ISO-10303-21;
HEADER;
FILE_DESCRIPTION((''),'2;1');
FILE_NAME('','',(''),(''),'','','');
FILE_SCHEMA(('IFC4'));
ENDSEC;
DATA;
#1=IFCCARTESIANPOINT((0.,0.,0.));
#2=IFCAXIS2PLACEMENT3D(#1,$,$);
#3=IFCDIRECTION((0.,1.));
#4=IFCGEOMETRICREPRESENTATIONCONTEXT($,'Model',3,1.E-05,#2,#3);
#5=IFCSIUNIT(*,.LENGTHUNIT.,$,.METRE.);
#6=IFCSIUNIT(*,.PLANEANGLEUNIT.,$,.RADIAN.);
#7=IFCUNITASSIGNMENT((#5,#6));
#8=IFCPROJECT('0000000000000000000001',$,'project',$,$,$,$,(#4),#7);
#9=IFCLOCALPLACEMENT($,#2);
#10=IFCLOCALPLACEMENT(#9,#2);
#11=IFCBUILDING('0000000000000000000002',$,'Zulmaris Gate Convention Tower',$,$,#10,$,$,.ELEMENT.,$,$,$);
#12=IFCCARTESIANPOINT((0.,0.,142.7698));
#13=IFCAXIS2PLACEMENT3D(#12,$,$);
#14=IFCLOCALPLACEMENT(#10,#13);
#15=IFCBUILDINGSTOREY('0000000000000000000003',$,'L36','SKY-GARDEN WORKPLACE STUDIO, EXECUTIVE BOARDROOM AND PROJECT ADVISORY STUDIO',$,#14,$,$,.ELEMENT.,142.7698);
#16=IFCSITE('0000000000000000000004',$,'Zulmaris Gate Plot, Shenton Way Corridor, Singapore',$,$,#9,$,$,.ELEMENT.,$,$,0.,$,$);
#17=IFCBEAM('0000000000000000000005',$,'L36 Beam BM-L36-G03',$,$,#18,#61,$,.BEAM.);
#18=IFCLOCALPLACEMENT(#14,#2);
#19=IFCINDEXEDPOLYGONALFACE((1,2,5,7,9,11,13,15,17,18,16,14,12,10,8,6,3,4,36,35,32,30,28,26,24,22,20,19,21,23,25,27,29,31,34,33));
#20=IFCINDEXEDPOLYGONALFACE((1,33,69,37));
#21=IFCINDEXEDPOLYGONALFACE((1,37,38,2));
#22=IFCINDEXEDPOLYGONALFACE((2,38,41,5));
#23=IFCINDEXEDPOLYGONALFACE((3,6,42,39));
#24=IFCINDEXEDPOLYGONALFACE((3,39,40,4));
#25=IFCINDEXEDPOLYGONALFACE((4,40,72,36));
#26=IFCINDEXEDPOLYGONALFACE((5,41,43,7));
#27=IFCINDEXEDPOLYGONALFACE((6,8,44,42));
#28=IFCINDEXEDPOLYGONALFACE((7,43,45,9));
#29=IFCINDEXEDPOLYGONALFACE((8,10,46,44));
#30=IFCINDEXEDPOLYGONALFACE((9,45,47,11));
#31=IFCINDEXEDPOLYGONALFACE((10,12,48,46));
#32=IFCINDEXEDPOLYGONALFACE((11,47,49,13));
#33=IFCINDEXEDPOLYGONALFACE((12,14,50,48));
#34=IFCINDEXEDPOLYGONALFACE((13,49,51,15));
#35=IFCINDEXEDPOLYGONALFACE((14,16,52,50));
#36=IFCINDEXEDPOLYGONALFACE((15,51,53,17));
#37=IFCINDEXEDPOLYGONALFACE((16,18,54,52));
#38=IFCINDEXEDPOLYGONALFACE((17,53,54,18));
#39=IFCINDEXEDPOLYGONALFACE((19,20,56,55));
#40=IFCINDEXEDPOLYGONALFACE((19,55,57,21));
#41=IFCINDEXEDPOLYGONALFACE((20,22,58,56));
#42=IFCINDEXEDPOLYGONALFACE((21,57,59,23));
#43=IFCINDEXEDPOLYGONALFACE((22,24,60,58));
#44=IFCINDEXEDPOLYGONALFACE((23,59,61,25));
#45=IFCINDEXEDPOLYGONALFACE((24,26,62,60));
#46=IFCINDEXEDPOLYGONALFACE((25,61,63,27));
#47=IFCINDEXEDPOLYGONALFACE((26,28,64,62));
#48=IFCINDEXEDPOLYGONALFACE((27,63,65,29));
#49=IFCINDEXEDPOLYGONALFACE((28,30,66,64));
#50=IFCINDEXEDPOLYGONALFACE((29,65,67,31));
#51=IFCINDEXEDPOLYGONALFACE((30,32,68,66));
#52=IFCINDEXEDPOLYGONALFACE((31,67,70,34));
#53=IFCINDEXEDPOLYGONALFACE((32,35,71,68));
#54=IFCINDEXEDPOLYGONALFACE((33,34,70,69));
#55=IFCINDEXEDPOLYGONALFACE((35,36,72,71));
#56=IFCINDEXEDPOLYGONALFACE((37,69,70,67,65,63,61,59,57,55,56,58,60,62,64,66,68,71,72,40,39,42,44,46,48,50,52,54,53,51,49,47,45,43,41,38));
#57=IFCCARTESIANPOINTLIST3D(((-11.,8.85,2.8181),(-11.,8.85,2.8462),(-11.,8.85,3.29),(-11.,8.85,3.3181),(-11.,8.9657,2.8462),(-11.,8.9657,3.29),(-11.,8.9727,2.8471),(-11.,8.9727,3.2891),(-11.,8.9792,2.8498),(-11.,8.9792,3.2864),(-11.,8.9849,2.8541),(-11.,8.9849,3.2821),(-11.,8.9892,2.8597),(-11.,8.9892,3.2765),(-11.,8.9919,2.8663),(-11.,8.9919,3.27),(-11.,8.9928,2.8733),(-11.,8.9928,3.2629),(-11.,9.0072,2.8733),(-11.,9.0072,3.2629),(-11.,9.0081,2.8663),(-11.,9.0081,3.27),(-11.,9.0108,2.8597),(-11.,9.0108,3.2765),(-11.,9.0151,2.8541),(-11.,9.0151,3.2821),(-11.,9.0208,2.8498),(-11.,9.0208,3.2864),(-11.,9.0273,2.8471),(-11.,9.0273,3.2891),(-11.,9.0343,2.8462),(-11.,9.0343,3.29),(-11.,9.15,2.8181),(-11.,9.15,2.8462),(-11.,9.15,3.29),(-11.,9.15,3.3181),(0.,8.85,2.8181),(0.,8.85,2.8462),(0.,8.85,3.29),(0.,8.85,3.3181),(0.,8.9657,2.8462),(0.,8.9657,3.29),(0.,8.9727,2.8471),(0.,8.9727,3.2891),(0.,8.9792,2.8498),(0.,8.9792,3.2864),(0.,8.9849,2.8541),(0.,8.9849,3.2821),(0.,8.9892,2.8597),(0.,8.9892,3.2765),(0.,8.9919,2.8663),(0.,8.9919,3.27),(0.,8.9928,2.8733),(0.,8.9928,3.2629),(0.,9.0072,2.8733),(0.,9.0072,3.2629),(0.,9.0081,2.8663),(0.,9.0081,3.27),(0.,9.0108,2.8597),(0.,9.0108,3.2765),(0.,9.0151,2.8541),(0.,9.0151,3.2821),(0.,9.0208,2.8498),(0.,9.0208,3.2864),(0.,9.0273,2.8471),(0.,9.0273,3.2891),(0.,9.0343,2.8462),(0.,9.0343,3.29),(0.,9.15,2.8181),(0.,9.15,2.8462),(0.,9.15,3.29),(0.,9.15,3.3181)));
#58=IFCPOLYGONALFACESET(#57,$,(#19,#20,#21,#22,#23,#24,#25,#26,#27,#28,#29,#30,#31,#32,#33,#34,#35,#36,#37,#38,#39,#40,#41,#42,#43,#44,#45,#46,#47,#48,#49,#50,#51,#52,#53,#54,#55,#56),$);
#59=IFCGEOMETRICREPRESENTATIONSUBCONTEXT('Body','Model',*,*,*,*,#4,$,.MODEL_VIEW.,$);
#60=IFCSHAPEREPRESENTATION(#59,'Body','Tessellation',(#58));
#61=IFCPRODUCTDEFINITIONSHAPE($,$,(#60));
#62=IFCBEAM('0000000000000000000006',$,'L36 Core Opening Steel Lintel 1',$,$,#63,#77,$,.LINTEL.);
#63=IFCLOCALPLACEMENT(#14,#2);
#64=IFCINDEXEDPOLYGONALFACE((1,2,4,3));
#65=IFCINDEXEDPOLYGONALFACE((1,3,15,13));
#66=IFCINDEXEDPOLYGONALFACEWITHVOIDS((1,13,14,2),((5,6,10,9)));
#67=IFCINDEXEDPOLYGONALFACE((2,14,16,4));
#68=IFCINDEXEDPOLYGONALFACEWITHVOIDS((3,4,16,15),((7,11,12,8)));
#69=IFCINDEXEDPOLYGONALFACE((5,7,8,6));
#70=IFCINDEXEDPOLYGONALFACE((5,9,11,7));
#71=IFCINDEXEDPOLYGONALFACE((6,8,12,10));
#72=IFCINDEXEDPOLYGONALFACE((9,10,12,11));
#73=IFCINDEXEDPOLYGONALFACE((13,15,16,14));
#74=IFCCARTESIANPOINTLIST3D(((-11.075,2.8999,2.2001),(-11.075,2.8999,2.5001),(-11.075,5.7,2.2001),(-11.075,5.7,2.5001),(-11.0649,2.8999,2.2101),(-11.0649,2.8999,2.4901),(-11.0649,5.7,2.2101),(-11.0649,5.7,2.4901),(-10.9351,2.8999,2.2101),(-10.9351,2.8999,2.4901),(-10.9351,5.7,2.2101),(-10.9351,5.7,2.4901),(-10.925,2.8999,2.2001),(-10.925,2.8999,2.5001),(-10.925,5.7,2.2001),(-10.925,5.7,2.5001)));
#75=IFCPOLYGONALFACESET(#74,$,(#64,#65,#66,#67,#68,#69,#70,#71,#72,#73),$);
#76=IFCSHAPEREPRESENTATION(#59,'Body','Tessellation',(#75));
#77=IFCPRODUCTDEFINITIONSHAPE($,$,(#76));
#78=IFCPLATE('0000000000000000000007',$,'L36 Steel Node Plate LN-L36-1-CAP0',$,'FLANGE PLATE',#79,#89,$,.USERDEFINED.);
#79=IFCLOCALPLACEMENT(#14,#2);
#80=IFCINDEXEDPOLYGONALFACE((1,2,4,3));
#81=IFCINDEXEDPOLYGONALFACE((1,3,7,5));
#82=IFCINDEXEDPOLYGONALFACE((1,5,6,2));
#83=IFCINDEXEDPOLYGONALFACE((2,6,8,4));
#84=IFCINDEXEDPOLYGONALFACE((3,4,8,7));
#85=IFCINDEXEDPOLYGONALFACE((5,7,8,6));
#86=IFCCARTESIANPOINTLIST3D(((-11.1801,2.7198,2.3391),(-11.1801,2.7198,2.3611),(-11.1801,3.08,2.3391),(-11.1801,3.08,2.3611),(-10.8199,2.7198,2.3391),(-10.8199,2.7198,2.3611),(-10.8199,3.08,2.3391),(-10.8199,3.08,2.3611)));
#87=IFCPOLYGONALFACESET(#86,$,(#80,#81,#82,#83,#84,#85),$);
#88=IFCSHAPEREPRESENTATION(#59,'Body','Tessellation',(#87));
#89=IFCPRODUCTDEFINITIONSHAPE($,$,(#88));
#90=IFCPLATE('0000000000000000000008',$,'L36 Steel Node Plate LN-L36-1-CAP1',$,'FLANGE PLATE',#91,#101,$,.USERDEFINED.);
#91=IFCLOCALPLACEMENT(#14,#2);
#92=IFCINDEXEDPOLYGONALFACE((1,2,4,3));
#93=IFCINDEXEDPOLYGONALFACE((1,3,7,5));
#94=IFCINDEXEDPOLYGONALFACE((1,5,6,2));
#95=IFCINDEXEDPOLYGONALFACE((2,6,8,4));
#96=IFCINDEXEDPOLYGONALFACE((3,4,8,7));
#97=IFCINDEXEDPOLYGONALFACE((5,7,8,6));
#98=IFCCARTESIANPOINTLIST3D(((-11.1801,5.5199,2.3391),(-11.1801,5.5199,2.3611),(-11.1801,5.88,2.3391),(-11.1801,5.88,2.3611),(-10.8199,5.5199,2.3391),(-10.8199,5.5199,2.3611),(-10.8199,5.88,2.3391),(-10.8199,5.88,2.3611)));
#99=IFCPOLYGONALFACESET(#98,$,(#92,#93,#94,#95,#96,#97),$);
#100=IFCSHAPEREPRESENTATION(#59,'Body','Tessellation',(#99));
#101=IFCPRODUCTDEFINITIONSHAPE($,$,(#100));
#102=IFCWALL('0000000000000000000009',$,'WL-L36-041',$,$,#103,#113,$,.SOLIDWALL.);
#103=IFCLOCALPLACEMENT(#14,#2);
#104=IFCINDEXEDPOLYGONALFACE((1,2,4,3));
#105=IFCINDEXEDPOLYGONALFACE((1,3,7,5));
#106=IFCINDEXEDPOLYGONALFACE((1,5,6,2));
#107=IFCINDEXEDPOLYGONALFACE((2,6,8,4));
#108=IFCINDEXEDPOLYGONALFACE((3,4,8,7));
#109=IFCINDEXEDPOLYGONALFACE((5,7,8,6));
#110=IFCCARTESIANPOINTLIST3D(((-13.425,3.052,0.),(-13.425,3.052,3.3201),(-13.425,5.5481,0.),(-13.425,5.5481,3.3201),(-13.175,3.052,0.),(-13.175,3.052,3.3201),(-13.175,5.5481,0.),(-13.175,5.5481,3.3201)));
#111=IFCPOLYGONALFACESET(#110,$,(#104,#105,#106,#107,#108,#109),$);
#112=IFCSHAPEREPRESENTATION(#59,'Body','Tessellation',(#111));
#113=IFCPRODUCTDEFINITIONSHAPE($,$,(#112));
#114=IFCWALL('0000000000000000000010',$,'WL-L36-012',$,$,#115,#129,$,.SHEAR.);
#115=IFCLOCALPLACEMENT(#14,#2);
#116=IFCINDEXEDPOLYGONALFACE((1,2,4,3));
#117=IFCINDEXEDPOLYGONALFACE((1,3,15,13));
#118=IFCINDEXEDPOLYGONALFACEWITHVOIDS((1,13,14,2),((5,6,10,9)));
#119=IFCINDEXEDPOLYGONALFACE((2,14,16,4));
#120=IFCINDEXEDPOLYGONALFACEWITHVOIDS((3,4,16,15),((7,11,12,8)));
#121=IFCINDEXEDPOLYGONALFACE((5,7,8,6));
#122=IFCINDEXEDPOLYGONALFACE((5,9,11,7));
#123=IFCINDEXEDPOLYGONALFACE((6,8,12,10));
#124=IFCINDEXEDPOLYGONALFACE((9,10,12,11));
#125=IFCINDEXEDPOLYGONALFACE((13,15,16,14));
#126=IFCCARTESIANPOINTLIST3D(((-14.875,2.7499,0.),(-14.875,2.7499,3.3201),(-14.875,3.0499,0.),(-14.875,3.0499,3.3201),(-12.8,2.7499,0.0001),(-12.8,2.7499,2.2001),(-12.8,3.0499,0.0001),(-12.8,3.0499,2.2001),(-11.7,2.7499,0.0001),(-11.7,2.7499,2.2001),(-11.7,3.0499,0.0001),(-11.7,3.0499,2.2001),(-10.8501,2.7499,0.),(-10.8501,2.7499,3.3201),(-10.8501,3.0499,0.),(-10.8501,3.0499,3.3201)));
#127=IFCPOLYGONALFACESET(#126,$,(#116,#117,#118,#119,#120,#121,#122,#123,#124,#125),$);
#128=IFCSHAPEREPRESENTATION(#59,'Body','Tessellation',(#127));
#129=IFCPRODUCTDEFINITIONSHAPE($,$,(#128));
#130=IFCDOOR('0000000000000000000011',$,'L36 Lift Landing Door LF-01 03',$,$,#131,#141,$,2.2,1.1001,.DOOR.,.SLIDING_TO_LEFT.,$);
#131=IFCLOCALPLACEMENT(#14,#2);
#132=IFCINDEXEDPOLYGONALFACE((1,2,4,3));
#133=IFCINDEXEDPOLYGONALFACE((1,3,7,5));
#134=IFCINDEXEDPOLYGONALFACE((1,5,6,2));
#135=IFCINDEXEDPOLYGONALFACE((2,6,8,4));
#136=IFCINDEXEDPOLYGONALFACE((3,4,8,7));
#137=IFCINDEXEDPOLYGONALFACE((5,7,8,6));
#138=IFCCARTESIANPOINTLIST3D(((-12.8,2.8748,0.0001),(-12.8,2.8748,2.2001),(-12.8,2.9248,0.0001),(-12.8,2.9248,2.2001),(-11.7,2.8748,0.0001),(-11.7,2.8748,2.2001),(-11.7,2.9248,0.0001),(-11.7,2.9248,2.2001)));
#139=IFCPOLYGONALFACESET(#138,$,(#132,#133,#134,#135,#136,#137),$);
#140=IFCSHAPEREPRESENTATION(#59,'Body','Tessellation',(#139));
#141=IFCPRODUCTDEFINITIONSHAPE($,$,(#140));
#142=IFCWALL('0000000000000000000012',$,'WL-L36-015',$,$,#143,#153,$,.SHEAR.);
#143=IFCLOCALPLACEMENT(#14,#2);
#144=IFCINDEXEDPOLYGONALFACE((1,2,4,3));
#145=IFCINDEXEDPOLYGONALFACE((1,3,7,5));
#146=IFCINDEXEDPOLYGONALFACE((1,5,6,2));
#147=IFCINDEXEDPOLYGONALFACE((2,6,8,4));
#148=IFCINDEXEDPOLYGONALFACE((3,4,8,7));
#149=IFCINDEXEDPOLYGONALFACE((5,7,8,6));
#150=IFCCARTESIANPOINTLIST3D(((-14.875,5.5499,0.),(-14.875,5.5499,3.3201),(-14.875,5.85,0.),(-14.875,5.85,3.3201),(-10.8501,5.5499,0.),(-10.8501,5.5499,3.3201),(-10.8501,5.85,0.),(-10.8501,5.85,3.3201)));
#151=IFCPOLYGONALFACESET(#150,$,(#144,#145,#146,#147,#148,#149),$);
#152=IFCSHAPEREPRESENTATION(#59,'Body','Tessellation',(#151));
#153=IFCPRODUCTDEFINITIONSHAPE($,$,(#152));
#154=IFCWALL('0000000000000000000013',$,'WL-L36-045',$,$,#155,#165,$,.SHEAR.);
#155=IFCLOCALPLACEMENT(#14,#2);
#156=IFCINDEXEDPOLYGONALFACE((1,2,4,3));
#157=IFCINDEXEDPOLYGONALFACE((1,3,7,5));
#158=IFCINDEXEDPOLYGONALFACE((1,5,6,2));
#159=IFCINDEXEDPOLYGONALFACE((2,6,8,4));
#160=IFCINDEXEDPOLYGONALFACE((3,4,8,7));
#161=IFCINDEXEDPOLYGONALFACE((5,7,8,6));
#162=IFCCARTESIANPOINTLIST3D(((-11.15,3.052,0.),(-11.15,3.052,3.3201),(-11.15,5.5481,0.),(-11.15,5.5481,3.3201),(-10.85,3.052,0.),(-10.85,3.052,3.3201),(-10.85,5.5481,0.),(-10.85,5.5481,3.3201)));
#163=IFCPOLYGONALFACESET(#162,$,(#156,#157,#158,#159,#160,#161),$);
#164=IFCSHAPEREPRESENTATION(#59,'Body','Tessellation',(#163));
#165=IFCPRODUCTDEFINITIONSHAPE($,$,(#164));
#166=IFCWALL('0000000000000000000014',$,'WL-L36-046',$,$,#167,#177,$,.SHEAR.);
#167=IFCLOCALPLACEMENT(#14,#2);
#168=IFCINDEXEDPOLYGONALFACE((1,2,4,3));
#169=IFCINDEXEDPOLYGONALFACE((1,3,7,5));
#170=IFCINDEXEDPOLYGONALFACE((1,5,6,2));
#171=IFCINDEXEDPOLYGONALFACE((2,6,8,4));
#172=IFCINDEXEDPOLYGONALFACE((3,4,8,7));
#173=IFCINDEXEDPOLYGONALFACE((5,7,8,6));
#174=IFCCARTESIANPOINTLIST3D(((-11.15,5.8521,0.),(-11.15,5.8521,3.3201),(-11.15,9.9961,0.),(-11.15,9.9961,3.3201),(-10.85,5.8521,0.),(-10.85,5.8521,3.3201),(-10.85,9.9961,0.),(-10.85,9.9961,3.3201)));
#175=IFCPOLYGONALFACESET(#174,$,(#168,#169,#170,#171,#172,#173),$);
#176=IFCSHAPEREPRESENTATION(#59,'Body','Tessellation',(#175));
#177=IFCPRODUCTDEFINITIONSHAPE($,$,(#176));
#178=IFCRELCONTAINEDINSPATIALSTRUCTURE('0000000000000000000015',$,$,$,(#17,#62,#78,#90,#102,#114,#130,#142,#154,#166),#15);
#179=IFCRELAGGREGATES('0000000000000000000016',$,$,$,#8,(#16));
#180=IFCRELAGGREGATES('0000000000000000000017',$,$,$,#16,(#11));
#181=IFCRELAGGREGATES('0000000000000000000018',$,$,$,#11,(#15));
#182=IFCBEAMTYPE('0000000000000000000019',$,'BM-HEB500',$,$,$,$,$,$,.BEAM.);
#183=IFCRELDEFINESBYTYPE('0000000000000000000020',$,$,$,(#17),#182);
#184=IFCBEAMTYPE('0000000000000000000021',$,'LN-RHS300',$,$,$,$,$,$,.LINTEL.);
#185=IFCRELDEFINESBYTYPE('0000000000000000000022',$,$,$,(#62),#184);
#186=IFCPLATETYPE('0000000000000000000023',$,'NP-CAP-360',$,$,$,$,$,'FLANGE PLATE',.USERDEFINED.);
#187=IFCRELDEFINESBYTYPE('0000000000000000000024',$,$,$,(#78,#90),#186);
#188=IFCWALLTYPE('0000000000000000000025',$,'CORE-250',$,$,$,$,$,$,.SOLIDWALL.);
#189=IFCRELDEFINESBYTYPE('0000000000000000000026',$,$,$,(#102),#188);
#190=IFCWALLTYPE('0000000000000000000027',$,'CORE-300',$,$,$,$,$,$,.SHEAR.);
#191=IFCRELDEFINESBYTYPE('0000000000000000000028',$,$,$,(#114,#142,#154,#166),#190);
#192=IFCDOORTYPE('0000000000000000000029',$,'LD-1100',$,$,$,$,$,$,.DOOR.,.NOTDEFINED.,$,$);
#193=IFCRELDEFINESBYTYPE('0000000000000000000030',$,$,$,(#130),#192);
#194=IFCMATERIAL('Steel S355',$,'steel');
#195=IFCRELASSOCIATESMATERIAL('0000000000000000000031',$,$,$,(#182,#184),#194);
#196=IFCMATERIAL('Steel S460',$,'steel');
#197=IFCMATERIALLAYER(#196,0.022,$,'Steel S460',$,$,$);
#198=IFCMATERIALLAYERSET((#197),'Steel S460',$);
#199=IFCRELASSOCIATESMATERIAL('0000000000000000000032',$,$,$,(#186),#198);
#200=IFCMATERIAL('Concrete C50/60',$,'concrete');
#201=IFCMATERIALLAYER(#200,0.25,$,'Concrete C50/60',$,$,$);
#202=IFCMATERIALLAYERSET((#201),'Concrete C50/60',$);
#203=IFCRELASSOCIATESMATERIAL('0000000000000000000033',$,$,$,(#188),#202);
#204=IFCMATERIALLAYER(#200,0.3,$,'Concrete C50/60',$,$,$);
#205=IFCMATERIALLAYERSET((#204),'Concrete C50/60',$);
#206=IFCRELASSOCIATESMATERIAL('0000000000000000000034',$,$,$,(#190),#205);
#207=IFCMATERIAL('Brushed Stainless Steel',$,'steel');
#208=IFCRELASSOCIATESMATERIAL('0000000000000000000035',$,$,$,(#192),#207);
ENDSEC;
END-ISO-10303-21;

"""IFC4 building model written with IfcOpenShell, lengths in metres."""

from ifc_helpers import new_model, si_unit, direction, frame, frame_2d, origin, origin_2d, place, context, subcontext, project, spatial, rectangle, hollow_rectangle, i_section, extrude, material, layer, layer_set, material_profile, profile_set, type_object, element, fill, save


model = new_model("IFC4")

# Units and contexts
model_context = context("Model", 3, precision=1e-05, world=origin(), true_north=direction((0.0, 1.0)))
body_context = subcontext(model_context, "Body", "Model", "MODEL_VIEW")
ifc_project = project(units=[si_unit("LENGTHUNIT", "METRE"), si_unit("PLANEANGLEUNIT", "RADIAN")], contexts=[model_context])

# Site, building, storey
site_placement = place(None, origin())
site = spatial("IfcSite", under=ifc_project, at=site_placement, Name="Zulmaris Gate Plot, Shenton Way Corridor, Singapore", CompositionType="ELEMENT", RefElevation=0.0)
building_placement = place(site_placement, origin())
building = spatial("IfcBuilding", under=site, at=building_placement, Name="Zulmaris Gate Convention Tower", CompositionType="ELEMENT")
storey_placement = place(building_placement, frame((0.0, 0.0, 142.7698)))
storey = spatial("IfcBuildingStorey", under=building, at=storey_placement, Name="L36", Description="SKY-GARDEN WORKPLACE STUDIO, EXECUTIVE BOARDROOM AND PROJECT ADVISORY STUDIO", CompositionType="ELEMENT", Elevation=142.7698)

# Beams
ifc_material_1 = material(Name="Steel S355", Category="steel")
ifc_material_profile_1 = material_profile(ifc_material_1, i_section(OverallWidth=0.3, OverallDepth=0.5, WebThickness=0.0144, FlangeThickness=0.0281, FilletRadius=0.0271, at=origin_2d()), Name="HEB 500")
ifc_profile_set_1 = profile_set([ifc_material_profile_1], Name="Steel S355")
beam_type_1 = type_object("IfcBeamType", Name="BM-HEB500", PredefinedType="BEAM", material=ifc_profile_set_1)
beam_1_placement = place(storey_placement, frame((-11.0, 9.0, 3.0681), z_axis=(1.0, 0.0, 0.0), x_axis=(0.0, 1.0, 0.0)))
element("IfcBeam", 1, at=beam_1_placement, inside=storey, type_object=beam_type_1, Name="L36 Beam BM-L36-G03", PredefinedType="BEAM", context=body_context, shape_type="SweptSolid", body=[
    extrude(i_section(OverallWidth=0.3, OverallDepth=0.5, WebThickness=0.0144, FlangeThickness=0.0281, FilletRadius=0.0271, at=origin_2d()), origin(), (0.0, 0.0, 1.0), 11.0),
])
ifc_material_profile_2 = material_profile(ifc_material_1, hollow_rectangle(XDim=0.1499, YDim=0.3, WallThickness=0.01, at=origin_2d()), Name="RHS 300x150x10")
ifc_profile_set_2 = profile_set([ifc_material_profile_2], Name="Steel S355")
beam_type_2 = type_object("IfcBeamType", Name="LN-RHS300", PredefinedType="LINTEL", material=ifc_profile_set_2)
beam_2_placement = place(storey_placement, frame((-11.0, 2.8999, 2.3501), z_axis=(0.0, 1.0, 0.0), x_axis=(-1.0, 0.0, 0.0)))
element("IfcBeam", 2, at=beam_2_placement, inside=storey, type_object=beam_type_2, Name="L36 Core Opening Steel Lintel 1", PredefinedType="LINTEL", context=body_context, shape_type="SweptSolid", body=[
    extrude(hollow_rectangle(XDim=0.1499, YDim=0.3, WallThickness=0.01, at=origin_2d()), origin(), (0.0, 0.0, 1.0), 2.8),
])

# Plates
ifc_material_2 = material(Name="Steel S460", Category="steel")
ifc_layer_1 = layer(ifc_material_2, 0.022, Name="Steel S460")
ifc_layer_set_1 = layer_set([ifc_layer_1], Name="Steel S460")
plate_type = type_object("IfcPlateType", Name="NP-CAP-360", ElementType="FLANGE PLATE", PredefinedType="USERDEFINED", material=ifc_layer_set_1)
for number, where, z_axis, x_axis, name in (
    (3, (-11.0, 2.8999, 2.3391), (0.0, 0.0, 1.0), (1.0, 0.0, 0.0), "L36 Steel Node Plate LN-L36-1-CAP0"),
    (4, (-11.0, 5.7, 2.3391), (0.0, 0.0, 1.0), (1.0, 0.0, 0.0), "L36 Steel Node Plate LN-L36-1-CAP1"),
):
    element("IfcPlate", number, at=place(storey_placement, frame(where, z_axis=z_axis, x_axis=x_axis)), inside=storey, type_object=plate_type, Name=name, ObjectType="FLANGE PLATE", PredefinedType="USERDEFINED", context=body_context, shape_type="SweptSolid", body=[
        extrude(rectangle(XDim=0.3601, YDim=0.3601, at=origin_2d()), origin(), (0.0, 0.0, 1.0), 0.022),
    ])

# Wall
ifc_material_3 = material(Name="Concrete C50/60", Category="concrete")
ifc_layer_2 = layer(ifc_material_3, 0.25, Name="Concrete C50/60")
ifc_layer_set_2 = layer_set([ifc_layer_2], Name="Concrete C50/60")
wall_type_1 = type_object("IfcWallType", Name="CORE-250", PredefinedType="SOLIDWALL", material=ifc_layer_set_2)
wall_1_placement = place(storey_placement, frame((-13.3, 3.052, 0.0), z_axis=(0.0, 0.0, 1.0), x_axis=(0.0, 1.0, 0.0)))
element("IfcWall", 5, at=wall_1_placement, inside=storey, type_object=wall_type_1, Name="WL-L36-041", PredefinedType="SOLIDWALL", context=body_context, shape_type="SweptSolid", body=[
    extrude(rectangle(XDim=2.4961, YDim=0.25, at=frame_2d((1.248, 0.0))), origin(), (0.0, 0.0, 1.0), 3.3201),
])

# Wall, opening, door
ifc_layer_3 = layer(ifc_material_3, 0.3, Name="Concrete C50/60")
ifc_layer_set_3 = layer_set([ifc_layer_3], Name="Concrete C50/60")
wall_type_2 = type_object("IfcWallType", Name="CORE-300", PredefinedType="SHEAR", material=ifc_layer_set_3)
wall_2_placement = place(storey_placement, frame((-14.875, 2.8999, 0.0), z_axis=(0.0, 0.0, 1.0), x_axis=(1.0, 0.0, 0.0)))
wall_2 = element("IfcWall", 6, at=wall_2_placement, inside=storey, type_object=wall_type_2, Name="WL-L36-012", PredefinedType="SHEAR", context=body_context, shape_type="SweptSolid", body=[
    extrude(rectangle(XDim=4.0249, YDim=0.3, at=frame_2d((2.0125, 0.0))), origin(), (0.0, 0.0, 1.0), 3.3201),
])
opening_1_placement = place(wall_2_placement, frame((2.075, 0.0, 0.0)))
opening_1 = element("IfcOpeningElement", 7, at=opening_1_placement, cuts=wall_2, PredefinedType="OPENING", context=body_context, shape_type="SweptSolid", body=[
    extrude(rectangle(XDim=1.1001, YDim=2.2, at=frame_2d((0.55, 1.1001))), frame((0.0, 0.1602, 0.0), z_axis=(0.0, -1.0, 0.0), x_axis=(1.0, 0.0, 0.0)), (0.0, 0.0, 1.0), 0.3201),
])
ifc_material_4 = material(Name="Brushed Stainless Steel", Category="steel")
door_type_1 = type_object("IfcDoorType", Name="LD-1100", OperationType="NOTDEFINED", PredefinedType="DOOR", material=ifc_material_4)
door_1_placement = place(opening_1_placement, origin())
door_1 = element("IfcDoor", 8, at=door_1_placement, inside=storey, type_object=door_type_1, Name="L36 Lift Landing Door LF-01 03", OperationType="SLIDING_TO_LEFT", OverallHeight=2.2, OverallWidth=1.1001, PredefinedType="DOOR", context=body_context, shape_type="SweptSolid", body=[
    extrude(rectangle(XDim=1.1001, YDim=2.2, at=frame_2d((0.55, 1.1001))), frame((0.0, 0.0249, 0.0), z_axis=(0.0, -1.0, 0.0), x_axis=(1.0, 0.0, 0.0)), (0.0, 0.0, 1.0), 0.05),
])
fill(opening_1, door_1)

# Wall
wall_3_placement = place(storey_placement, frame((-14.875, 5.7, 0.0), z_axis=(0.0, 0.0, 1.0), x_axis=(1.0, 0.0, 0.0)))
element("IfcWall", 9, at=wall_3_placement, inside=storey, type_object=wall_type_2, Name="WL-L36-015", PredefinedType="SHEAR", context=body_context, shape_type="SweptSolid", body=[
    extrude(rectangle(XDim=4.0249, YDim=0.3, at=frame_2d((2.0125, 0.0))), origin(), (0.0, 0.0, 1.0), 3.3201),
])

# Walls
wall_4_placement = place(storey_placement, frame((-11.0, 3.052, 0.0), z_axis=(0.0, 0.0, 1.0), x_axis=(0.0, 1.0, 0.0)))
element("IfcWall", 10, at=wall_4_placement, inside=storey, type_object=wall_type_2, Name="WL-L36-045", PredefinedType="SHEAR", context=body_context, shape_type="SweptSolid", body=[
    extrude(rectangle(XDim=2.4961, YDim=0.3, at=frame_2d((1.248, 0.0))), origin(), (0.0, 0.0, 1.0), 3.3201),
])
wall_5_placement = place(storey_placement, frame((-11.0, 5.8521, 0.0), z_axis=(0.0, 0.0, 1.0), x_axis=(0.0, 1.0, 0.0)))
element("IfcWall", 11, at=wall_5_placement, inside=storey, type_object=wall_type_2, Name="WL-L36-046", PredefinedType="SHEAR", context=body_context, shape_type="SweptSolid", body=[
    extrude(rectangle(XDim=4.144, YDim=0.3, at=frame_2d((2.072, 0.0))), origin(), (0.0, 0.0, 1.0), 3.3201),
])

save(model, "model.ifc")
